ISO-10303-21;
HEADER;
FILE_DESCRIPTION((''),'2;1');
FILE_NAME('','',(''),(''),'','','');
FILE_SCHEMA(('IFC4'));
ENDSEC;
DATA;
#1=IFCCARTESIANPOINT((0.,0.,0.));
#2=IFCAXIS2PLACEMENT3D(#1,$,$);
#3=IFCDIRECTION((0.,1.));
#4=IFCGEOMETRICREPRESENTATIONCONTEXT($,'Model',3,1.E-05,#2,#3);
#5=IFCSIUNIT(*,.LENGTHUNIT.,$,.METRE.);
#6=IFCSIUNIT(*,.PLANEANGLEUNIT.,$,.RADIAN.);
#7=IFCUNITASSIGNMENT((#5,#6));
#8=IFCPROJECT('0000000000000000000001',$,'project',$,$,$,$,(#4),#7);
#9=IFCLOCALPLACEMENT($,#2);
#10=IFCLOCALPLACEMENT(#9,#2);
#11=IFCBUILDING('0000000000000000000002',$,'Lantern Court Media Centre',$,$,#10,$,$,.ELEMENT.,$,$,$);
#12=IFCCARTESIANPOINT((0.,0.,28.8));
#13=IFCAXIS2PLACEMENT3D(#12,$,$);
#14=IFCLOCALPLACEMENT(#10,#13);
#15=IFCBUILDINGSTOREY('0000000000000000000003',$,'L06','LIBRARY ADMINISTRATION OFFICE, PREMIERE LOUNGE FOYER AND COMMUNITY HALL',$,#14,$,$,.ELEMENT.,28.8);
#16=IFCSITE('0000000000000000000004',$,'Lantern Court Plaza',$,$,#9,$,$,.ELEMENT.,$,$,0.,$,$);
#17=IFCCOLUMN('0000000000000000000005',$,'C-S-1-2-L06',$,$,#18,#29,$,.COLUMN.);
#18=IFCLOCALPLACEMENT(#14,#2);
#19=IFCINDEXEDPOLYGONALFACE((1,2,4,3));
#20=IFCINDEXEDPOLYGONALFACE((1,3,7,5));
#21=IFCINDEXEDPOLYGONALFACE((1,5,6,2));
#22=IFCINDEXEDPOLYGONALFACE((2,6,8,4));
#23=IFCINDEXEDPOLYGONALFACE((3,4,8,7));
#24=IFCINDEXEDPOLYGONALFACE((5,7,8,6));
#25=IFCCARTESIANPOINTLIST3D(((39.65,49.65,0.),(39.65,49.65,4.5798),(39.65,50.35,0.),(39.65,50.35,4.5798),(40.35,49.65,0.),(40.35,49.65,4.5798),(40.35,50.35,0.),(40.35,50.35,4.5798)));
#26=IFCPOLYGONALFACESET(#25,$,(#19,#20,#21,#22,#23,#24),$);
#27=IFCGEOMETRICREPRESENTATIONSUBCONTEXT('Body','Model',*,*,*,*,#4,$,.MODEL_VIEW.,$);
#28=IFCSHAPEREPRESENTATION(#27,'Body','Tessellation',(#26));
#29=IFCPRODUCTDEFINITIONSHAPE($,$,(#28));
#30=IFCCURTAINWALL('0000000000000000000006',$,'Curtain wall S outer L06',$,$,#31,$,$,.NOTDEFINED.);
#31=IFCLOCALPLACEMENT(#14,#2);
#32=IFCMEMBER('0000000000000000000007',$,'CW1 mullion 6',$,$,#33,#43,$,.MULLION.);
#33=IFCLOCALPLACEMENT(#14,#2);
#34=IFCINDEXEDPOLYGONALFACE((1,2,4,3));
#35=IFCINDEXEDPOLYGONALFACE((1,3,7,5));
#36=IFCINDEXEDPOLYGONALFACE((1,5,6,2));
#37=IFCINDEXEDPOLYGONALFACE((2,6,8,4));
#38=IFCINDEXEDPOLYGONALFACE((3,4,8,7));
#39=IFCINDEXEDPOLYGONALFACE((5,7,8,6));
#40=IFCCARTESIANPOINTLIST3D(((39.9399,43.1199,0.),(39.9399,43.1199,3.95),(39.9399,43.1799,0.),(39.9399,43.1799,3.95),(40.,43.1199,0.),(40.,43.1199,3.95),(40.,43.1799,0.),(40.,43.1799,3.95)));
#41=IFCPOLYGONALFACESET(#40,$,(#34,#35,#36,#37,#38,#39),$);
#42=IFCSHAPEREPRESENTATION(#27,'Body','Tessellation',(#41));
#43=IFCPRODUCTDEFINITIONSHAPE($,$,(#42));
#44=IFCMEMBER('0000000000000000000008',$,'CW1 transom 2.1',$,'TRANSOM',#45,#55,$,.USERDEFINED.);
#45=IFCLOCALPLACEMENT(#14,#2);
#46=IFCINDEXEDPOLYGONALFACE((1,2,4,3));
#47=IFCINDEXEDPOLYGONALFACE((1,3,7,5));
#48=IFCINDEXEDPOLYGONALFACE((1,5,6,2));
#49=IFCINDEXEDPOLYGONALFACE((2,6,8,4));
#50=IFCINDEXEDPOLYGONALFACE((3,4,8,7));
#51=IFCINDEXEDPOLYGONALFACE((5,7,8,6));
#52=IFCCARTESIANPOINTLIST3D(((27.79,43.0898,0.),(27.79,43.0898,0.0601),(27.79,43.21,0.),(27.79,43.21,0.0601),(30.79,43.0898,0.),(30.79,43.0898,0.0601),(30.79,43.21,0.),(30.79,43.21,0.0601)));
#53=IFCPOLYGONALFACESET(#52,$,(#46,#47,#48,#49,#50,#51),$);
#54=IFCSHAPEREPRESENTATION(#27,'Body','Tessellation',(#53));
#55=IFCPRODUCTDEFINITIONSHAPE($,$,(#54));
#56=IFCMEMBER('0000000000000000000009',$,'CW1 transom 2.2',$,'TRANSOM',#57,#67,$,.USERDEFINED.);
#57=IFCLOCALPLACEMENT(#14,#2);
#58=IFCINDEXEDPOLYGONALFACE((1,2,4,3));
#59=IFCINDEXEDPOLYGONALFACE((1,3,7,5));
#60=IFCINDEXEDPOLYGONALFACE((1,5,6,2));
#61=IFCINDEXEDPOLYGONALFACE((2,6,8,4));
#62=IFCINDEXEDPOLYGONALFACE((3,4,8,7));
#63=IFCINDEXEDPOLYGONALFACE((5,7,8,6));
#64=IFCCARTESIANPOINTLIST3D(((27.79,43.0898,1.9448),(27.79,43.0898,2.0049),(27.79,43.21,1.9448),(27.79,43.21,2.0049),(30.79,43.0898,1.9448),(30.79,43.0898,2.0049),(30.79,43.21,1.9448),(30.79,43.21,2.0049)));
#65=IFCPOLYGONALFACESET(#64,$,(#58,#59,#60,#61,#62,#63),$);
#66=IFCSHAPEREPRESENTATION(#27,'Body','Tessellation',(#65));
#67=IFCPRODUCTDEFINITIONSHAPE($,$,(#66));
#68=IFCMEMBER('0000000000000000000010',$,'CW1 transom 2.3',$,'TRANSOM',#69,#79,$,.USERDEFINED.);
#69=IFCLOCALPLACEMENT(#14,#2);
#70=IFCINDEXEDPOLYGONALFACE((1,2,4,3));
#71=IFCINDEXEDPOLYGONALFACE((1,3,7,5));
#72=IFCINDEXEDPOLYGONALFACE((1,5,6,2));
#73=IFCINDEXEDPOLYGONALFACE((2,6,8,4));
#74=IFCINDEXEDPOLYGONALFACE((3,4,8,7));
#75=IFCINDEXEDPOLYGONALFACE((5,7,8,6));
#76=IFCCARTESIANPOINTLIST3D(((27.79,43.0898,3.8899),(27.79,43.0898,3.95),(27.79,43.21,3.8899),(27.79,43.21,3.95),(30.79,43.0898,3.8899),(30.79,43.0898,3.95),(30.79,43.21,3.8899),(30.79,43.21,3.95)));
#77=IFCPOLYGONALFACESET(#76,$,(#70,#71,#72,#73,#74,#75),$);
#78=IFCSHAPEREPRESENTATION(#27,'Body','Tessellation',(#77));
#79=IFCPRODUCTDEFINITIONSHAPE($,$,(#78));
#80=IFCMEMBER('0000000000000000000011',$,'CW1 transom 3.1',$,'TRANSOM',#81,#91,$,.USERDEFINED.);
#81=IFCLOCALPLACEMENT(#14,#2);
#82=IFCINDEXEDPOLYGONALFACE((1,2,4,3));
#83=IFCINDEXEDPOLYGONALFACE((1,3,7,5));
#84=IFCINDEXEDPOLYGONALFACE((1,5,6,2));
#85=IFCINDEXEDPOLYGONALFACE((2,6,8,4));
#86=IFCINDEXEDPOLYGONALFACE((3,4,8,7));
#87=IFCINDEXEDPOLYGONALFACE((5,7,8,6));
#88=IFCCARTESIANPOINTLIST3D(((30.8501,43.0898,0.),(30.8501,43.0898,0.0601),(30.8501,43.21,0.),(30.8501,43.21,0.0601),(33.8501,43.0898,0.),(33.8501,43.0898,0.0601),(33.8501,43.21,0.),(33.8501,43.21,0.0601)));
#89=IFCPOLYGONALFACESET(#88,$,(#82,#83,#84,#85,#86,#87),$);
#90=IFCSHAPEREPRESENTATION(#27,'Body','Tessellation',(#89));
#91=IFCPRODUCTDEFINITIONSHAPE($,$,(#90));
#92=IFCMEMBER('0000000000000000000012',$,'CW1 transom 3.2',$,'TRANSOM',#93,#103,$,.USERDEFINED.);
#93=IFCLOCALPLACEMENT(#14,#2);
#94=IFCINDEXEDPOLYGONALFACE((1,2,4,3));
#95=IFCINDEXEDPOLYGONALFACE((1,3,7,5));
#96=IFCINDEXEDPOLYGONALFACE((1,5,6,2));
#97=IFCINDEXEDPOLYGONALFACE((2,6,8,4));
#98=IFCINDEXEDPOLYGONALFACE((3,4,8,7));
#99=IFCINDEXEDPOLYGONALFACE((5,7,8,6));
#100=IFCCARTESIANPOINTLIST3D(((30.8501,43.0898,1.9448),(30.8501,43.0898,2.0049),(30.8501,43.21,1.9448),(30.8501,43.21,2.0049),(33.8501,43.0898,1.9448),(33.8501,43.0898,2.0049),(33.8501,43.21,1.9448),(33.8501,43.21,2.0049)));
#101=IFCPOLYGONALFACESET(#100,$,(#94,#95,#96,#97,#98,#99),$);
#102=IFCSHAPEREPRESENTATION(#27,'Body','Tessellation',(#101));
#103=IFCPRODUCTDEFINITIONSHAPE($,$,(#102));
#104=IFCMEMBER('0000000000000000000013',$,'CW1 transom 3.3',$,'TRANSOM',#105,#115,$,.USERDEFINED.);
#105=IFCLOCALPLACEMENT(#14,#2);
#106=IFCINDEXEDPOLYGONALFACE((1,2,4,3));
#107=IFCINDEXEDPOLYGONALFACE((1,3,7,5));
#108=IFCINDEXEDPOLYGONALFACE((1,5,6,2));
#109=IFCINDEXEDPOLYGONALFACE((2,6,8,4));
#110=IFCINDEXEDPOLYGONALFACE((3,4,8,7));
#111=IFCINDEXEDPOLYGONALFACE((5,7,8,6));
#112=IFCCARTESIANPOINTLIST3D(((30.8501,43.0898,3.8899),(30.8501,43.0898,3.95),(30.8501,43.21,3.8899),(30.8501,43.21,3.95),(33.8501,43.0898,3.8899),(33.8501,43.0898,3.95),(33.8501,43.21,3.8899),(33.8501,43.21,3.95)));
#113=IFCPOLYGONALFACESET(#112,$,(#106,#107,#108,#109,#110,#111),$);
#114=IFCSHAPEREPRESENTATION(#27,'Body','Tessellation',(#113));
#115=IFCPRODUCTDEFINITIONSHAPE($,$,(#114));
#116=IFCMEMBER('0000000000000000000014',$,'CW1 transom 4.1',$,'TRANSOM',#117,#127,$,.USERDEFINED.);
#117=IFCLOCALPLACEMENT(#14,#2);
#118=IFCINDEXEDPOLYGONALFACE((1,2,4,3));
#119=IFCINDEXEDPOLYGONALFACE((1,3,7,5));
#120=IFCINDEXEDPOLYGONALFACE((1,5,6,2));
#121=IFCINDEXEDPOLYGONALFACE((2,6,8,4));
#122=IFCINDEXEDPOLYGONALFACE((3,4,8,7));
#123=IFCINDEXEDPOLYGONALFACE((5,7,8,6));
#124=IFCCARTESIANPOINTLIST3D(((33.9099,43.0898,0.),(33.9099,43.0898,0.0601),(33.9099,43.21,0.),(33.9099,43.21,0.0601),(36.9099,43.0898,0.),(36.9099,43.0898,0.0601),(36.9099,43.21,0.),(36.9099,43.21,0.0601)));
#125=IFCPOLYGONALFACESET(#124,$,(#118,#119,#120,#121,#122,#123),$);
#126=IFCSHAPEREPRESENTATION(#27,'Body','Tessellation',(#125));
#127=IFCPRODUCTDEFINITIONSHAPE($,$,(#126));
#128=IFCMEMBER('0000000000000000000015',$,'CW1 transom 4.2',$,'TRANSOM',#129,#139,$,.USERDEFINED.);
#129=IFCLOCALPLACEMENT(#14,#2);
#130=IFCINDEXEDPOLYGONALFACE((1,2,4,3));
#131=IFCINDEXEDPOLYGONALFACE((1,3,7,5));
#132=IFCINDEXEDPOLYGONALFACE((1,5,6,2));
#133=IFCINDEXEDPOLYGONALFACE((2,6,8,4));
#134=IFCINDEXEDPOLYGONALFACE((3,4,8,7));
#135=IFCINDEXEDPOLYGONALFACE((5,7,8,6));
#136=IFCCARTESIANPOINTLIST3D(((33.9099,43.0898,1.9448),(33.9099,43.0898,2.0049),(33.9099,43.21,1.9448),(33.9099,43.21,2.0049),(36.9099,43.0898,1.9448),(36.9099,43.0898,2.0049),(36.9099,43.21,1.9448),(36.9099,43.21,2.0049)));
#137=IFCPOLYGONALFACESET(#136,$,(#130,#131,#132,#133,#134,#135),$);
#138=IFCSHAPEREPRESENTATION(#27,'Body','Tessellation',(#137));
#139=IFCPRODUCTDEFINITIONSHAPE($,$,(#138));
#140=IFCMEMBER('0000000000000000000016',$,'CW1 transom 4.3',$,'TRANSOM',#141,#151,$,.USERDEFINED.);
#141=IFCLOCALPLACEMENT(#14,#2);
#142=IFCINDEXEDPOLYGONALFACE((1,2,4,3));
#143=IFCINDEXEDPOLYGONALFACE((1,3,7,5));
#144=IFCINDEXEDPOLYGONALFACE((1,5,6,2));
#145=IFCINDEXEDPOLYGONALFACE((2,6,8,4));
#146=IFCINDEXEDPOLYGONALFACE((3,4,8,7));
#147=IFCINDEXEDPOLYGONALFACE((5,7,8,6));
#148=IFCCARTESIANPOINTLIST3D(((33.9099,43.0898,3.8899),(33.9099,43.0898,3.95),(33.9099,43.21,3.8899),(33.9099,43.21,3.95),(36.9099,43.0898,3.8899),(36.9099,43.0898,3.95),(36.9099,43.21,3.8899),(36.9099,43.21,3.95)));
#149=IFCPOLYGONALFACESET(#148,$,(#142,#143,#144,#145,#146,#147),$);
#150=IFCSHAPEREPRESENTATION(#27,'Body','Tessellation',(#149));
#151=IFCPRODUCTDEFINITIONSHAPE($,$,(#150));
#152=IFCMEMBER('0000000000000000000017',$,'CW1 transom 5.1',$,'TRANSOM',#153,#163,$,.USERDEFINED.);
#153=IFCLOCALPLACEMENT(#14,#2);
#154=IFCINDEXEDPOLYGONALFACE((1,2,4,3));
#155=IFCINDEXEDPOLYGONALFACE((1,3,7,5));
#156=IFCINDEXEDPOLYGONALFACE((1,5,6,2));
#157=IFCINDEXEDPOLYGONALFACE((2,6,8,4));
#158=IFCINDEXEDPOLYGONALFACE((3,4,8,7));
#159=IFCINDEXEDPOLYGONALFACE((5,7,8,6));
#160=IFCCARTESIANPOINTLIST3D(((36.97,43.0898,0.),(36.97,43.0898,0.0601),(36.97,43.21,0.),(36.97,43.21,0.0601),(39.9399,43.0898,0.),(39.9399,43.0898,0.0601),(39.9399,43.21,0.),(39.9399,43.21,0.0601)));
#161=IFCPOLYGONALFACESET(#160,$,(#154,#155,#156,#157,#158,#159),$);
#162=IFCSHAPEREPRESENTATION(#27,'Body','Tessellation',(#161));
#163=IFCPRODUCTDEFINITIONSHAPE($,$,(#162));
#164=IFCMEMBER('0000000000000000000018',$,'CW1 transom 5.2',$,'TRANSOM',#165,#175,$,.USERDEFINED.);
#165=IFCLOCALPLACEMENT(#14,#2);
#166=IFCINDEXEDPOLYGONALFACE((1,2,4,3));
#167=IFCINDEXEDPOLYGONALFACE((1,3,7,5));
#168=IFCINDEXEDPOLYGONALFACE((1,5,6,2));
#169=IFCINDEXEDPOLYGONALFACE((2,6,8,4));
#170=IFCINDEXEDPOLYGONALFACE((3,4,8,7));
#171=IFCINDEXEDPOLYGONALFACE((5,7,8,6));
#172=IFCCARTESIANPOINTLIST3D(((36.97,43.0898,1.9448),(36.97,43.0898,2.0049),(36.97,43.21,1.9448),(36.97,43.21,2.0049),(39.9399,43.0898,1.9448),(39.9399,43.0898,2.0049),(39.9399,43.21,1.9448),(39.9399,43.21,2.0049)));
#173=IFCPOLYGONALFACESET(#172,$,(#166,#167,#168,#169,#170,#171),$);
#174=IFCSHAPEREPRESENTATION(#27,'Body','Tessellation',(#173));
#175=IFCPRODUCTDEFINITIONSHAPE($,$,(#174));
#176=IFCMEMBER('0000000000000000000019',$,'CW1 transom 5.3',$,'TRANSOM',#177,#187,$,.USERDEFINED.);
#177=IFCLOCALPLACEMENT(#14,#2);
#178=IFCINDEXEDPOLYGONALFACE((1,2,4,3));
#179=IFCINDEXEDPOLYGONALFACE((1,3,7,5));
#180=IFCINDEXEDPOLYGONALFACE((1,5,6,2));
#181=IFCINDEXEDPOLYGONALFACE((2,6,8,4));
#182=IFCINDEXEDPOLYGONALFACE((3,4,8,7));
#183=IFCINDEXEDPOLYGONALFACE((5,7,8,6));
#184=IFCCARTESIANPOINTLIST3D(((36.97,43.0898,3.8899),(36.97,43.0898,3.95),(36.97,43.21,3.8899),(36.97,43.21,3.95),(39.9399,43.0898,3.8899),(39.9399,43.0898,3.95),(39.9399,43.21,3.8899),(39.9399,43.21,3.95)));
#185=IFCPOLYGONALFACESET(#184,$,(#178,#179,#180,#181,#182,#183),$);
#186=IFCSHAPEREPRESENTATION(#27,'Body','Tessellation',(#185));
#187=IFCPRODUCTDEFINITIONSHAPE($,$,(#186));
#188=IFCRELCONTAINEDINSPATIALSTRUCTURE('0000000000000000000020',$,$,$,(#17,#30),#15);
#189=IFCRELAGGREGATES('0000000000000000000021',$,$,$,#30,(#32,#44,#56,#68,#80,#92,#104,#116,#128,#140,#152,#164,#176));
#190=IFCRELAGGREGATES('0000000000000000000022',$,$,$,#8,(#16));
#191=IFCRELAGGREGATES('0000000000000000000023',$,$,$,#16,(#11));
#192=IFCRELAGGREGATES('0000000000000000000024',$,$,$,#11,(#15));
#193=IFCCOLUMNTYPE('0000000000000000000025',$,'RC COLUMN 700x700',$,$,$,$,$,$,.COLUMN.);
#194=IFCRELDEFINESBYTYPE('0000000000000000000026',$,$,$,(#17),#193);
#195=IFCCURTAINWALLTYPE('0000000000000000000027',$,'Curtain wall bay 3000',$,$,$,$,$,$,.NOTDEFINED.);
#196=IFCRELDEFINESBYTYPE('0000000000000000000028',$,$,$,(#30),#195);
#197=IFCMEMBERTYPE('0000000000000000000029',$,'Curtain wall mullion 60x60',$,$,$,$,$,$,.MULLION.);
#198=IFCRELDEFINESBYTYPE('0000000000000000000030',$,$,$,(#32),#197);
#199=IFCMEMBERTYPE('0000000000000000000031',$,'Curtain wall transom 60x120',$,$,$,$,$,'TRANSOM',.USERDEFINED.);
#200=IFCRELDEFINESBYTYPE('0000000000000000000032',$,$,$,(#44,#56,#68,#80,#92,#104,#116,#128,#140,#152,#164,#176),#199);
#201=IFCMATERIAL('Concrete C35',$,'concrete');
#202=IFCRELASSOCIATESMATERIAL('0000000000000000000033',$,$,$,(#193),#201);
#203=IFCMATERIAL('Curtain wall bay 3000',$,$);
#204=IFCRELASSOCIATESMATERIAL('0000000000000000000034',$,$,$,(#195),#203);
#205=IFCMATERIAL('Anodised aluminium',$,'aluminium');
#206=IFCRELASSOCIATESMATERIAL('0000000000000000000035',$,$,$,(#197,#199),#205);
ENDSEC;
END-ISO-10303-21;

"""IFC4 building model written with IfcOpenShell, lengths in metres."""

from ifc_helpers import new_model, si_unit, direction, frame, origin, origin_2d, place, context, subcontext, project, spatial, rectangle, extrude, material, material_profile, profile_set, type_object, element, aggregate, save


model = new_model("IFC4")

# Units and contexts
model_context = context("Model", 3, precision=1e-05, world=origin(), true_north=direction((0.0, 1.0)))
body_context = subcontext(model_context, "Body", "Model", "MODEL_VIEW")
ifc_project = project(units=[si_unit("LENGTHUNIT", "METRE"), si_unit("PLANEANGLEUNIT", "RADIAN")], contexts=[model_context])

# Site, building, storey
site_placement = place(None, origin())
site = spatial("IfcSite", under=ifc_project, at=site_placement, Name="Lantern Court Plaza", CompositionType="ELEMENT", RefElevation=0.0)
building_placement = place(site_placement, origin())
building = spatial("IfcBuilding", under=site, at=building_placement, Name="Lantern Court Media Centre", CompositionType="ELEMENT")
storey_placement = place(building_placement, frame((0.0, 0.0, 28.8)))
storey = spatial("IfcBuildingStorey", under=building, at=storey_placement, Name="L06", Description="LIBRARY ADMINISTRATION OFFICE, PREMIERE LOUNGE FOYER AND COMMUNITY HALL", CompositionType="ELEMENT", Elevation=28.8)

# Column
ifc_material_1 = material(Name="Concrete C35", Category="concrete")
ifc_material_profile_1 = material_profile(ifc_material_1, rectangle(XDim=0.7, YDim=0.7, at=origin_2d()), Name="RC 700x700")
ifc_profile_set_1 = profile_set([ifc_material_profile_1], Name="Concrete C35")
column_type = type_object("IfcColumnType", Name="RC COLUMN 700x700", PredefinedType="COLUMN", material=ifc_profile_set_1)
column_placement = place(storey_placement, frame((40.0, 50.0, 0.0), z_axis=(0.0, 0.0, 1.0), x_axis=(1.0, 0.0, 0.0)))
element("IfcColumn", 1, at=column_placement, inside=storey, type_object=column_type, Name="C-S-1-2-L06", PredefinedType="COLUMN", context=body_context, shape_type="SweptSolid", body=[
    extrude(rectangle(XDim=0.7, YDim=0.7, at=origin_2d()), origin(), (0.0, 0.0, 1.0), 4.5798),
])

# Curtain wall, members
ifc_material_2 = material(Name="Curtain wall bay 3000")
curtain_wall_type = type_object("IfcCurtainWallType", Name="Curtain wall bay 3000", PredefinedType="NOTDEFINED", material=ifc_material_2)
curtain_wall_placement = place(storey_placement, origin())
curtain_wall = element("IfcCurtainWall", 2, at=curtain_wall_placement, inside=storey, type_object=curtain_wall_type, Name="Curtain wall S outer L06", PredefinedType="NOTDEFINED")
ifc_material_3 = material(Name="Anodised aluminium", Category="aluminium")
ifc_material_profile_2 = material_profile(ifc_material_3, rectangle(XDim=0.0601, YDim=0.0601, at=origin_2d()), Name="AL 60x60")
ifc_profile_set_2 = profile_set([ifc_material_profile_2], Name="Anodised aluminium")
member_type_1 = type_object("IfcMemberType", Name="Curtain wall mullion 60x60", PredefinedType="MULLION", material=ifc_profile_set_2)
member_1_placement = place(storey_placement, frame((39.97, 43.1499, 0.0), z_axis=(0.0, 0.0, 1.0), x_axis=(0.0, 1.0, 0.0)))
member_1 = element("IfcMember", 3, at=member_1_placement, type_object=member_type_1, Name="CW1 mullion 6", PredefinedType="MULLION", context=body_context, shape_type="SweptSolid", body=[
    extrude(rectangle(XDim=0.0601, YDim=0.0601, at=origin_2d()), origin(), (0.0, 0.0, 1.0), 3.95),
])
ifc_material_profile_3 = material_profile(ifc_material_3, rectangle(XDim=0.1201, YDim=0.0601, at=origin_2d()), Name="AL 60x120")
ifc_profile_set_3 = profile_set([ifc_material_profile_3], Name="Anodised aluminium")
member_type_2 = type_object("IfcMemberType", Name="Curtain wall transom 60x120", ElementType="TRANSOM", PredefinedType="USERDEFINED", material=ifc_profile_set_3)
member_2_placement = place(storey_placement, frame((27.79, 43.1499, 0.03), z_axis=(1.0, 0.0, 0.0), x_axis=(0.0, 1.0, 0.0)))
member_2 = element("IfcMember", 4, at=member_2_placement, type_object=member_type_2, Name="CW1 transom 2.1", ObjectType="TRANSOM", PredefinedType="USERDEFINED", context=body_context, shape_type="SweptSolid", body=[
    extrude(rectangle(XDim=0.1201, YDim=0.0601, at=origin_2d()), origin(), (0.0, 0.0, 1.0), 3.0),
])
member_3_placement = place(storey_placement, frame((27.79, 43.1499, 1.9749), z_axis=(1.0, 0.0, 0.0), x_axis=(0.0, 1.0, 0.0)))
member_3 = element("IfcMember", 5, at=member_3_placement, type_object=member_type_2, Name="CW1 transom 2.2", ObjectType="TRANSOM", PredefinedType="USERDEFINED", context=body_context, shape_type="SweptSolid", body=[
    extrude(rectangle(XDim=0.1201, YDim=0.0601, at=origin_2d()), origin(), (0.0, 0.0, 1.0), 3.0),
])
member_4_placement = place(storey_placement, frame((27.79, 43.1499, 3.9199), z_axis=(1.0, 0.0, 0.0), x_axis=(0.0, 1.0, 0.0)))
member_4 = element("IfcMember", 6, at=member_4_placement, type_object=member_type_2, Name="CW1 transom 2.3", ObjectType="TRANSOM", PredefinedType="USERDEFINED", context=body_context, shape_type="SweptSolid", body=[
    extrude(rectangle(XDim=0.1201, YDim=0.0601, at=origin_2d()), origin(), (0.0, 0.0, 1.0), 3.0),
])
member_5_placement = place(storey_placement, frame((30.8501, 43.1499, 0.03), z_axis=(1.0, 0.0, 0.0), x_axis=(0.0, 1.0, 0.0)))
member_5 = element("IfcMember", 7, at=member_5_placement, type_object=member_type_2, Name="CW1 transom 3.1", ObjectType="TRANSOM", PredefinedType="USERDEFINED", context=body_context, shape_type="SweptSolid", body=[
    extrude(rectangle(XDim=0.1201, YDim=0.0601, at=origin_2d()), origin(), (0.0, 0.0, 1.0), 3.0),
])
member_6_placement = place(storey_placement, frame((30.8501, 43.1499, 1.9749), z_axis=(1.0, 0.0, 0.0), x_axis=(0.0, 1.0, 0.0)))
member_6 = element("IfcMember", 8, at=member_6_placement, type_object=member_type_2, Name="CW1 transom 3.2", ObjectType="TRANSOM", PredefinedType="USERDEFINED", context=body_context, shape_type="SweptSolid", body=[
    extrude(rectangle(XDim=0.1201, YDim=0.0601, at=origin_2d()), origin(), (0.0, 0.0, 1.0), 3.0),
])
member_7_placement = place(storey_placement, frame((30.8501, 43.1499, 3.9199), z_axis=(1.0, 0.0, 0.0), x_axis=(0.0, 1.0, 0.0)))
member_7 = element("IfcMember", 9, at=member_7_placement, type_object=member_type_2, Name="CW1 transom 3.3", ObjectType="TRANSOM", PredefinedType="USERDEFINED", context=body_context, shape_type="SweptSolid", body=[
    extrude(rectangle(XDim=0.1201, YDim=0.0601, at=origin_2d()), origin(), (0.0, 0.0, 1.0), 3.0),
])
member_8_placement = place(storey_placement, frame((33.9099, 43.1499, 0.03), z_axis=(1.0, 0.0, 0.0), x_axis=(0.0, 1.0, 0.0)))
member_8 = element("IfcMember", 10, at=member_8_placement, type_object=member_type_2, Name="CW1 transom 4.1", ObjectType="TRANSOM", PredefinedType="USERDEFINED", context=body_context, shape_type="SweptSolid", body=[
    extrude(rectangle(XDim=0.1201, YDim=0.0601, at=origin_2d()), origin(), (0.0, 0.0, 1.0), 3.0),
])
member_9_placement = place(storey_placement, frame((33.9099, 43.1499, 1.9749), z_axis=(1.0, 0.0, 0.0), x_axis=(0.0, 1.0, 0.0)))
member_9 = element("IfcMember", 11, at=member_9_placement, type_object=member_type_2, Name="CW1 transom 4.2", ObjectType="TRANSOM", PredefinedType="USERDEFINED", context=body_context, shape_type="SweptSolid", body=[
    extrude(rectangle(XDim=0.1201, YDim=0.0601, at=origin_2d()), origin(), (0.0, 0.0, 1.0), 3.0),
])
member_10_placement = place(storey_placement, frame((33.9099, 43.1499, 3.9199), z_axis=(1.0, 0.0, 0.0), x_axis=(0.0, 1.0, 0.0)))
member_10 = element("IfcMember", 12, at=member_10_placement, type_object=member_type_2, Name="CW1 transom 4.3", ObjectType="TRANSOM", PredefinedType="USERDEFINED", context=body_context, shape_type="SweptSolid", body=[
    extrude(rectangle(XDim=0.1201, YDim=0.0601, at=origin_2d()), origin(), (0.0, 0.0, 1.0), 3.0),
])
member_11_placement = place(storey_placement, frame((36.97, 43.1499, 0.03), z_axis=(1.0, 0.0, 0.0), x_axis=(0.0, 1.0, 0.0)))
member_11 = element("IfcMember", 13, at=member_11_placement, type_object=member_type_2, Name="CW1 transom 5.1", ObjectType="TRANSOM", PredefinedType="USERDEFINED", context=body_context, shape_type="SweptSolid", body=[
    extrude(rectangle(XDim=0.1201, YDim=0.0601, at=origin_2d()), origin(), (0.0, 0.0, 1.0), 2.97),
])
member_12_placement = place(storey_placement, frame((36.97, 43.1499, 1.9749), z_axis=(1.0, 0.0, 0.0), x_axis=(0.0, 1.0, 0.0)))
member_12 = element("IfcMember", 14, at=member_12_placement, type_object=member_type_2, Name="CW1 transom 5.2", ObjectType="TRANSOM", PredefinedType="USERDEFINED", context=body_context, shape_type="SweptSolid", body=[
    extrude(rectangle(XDim=0.1201, YDim=0.0601, at=origin_2d()), origin(), (0.0, 0.0, 1.0), 2.97),
])
member_13_placement = place(storey_placement, frame((36.97, 43.1499, 3.9199), z_axis=(1.0, 0.0, 0.0), x_axis=(0.0, 1.0, 0.0)))
member_13 = element("IfcMember", 15, at=member_13_placement, type_object=member_type_2, Name="CW1 transom 5.3", ObjectType="TRANSOM", PredefinedType="USERDEFINED", context=body_context, shape_type="SweptSolid", body=[
    extrude(rectangle(XDim=0.1201, YDim=0.0601, at=origin_2d()), origin(), (0.0, 0.0, 1.0), 2.97),
])

aggregate(curtain_wall, [member_1, member_2, member_3, member_4, member_5, member_6, member_7, member_8, member_9, member_10, member_11, member_12, member_13])

save(model, "model.ifc")
